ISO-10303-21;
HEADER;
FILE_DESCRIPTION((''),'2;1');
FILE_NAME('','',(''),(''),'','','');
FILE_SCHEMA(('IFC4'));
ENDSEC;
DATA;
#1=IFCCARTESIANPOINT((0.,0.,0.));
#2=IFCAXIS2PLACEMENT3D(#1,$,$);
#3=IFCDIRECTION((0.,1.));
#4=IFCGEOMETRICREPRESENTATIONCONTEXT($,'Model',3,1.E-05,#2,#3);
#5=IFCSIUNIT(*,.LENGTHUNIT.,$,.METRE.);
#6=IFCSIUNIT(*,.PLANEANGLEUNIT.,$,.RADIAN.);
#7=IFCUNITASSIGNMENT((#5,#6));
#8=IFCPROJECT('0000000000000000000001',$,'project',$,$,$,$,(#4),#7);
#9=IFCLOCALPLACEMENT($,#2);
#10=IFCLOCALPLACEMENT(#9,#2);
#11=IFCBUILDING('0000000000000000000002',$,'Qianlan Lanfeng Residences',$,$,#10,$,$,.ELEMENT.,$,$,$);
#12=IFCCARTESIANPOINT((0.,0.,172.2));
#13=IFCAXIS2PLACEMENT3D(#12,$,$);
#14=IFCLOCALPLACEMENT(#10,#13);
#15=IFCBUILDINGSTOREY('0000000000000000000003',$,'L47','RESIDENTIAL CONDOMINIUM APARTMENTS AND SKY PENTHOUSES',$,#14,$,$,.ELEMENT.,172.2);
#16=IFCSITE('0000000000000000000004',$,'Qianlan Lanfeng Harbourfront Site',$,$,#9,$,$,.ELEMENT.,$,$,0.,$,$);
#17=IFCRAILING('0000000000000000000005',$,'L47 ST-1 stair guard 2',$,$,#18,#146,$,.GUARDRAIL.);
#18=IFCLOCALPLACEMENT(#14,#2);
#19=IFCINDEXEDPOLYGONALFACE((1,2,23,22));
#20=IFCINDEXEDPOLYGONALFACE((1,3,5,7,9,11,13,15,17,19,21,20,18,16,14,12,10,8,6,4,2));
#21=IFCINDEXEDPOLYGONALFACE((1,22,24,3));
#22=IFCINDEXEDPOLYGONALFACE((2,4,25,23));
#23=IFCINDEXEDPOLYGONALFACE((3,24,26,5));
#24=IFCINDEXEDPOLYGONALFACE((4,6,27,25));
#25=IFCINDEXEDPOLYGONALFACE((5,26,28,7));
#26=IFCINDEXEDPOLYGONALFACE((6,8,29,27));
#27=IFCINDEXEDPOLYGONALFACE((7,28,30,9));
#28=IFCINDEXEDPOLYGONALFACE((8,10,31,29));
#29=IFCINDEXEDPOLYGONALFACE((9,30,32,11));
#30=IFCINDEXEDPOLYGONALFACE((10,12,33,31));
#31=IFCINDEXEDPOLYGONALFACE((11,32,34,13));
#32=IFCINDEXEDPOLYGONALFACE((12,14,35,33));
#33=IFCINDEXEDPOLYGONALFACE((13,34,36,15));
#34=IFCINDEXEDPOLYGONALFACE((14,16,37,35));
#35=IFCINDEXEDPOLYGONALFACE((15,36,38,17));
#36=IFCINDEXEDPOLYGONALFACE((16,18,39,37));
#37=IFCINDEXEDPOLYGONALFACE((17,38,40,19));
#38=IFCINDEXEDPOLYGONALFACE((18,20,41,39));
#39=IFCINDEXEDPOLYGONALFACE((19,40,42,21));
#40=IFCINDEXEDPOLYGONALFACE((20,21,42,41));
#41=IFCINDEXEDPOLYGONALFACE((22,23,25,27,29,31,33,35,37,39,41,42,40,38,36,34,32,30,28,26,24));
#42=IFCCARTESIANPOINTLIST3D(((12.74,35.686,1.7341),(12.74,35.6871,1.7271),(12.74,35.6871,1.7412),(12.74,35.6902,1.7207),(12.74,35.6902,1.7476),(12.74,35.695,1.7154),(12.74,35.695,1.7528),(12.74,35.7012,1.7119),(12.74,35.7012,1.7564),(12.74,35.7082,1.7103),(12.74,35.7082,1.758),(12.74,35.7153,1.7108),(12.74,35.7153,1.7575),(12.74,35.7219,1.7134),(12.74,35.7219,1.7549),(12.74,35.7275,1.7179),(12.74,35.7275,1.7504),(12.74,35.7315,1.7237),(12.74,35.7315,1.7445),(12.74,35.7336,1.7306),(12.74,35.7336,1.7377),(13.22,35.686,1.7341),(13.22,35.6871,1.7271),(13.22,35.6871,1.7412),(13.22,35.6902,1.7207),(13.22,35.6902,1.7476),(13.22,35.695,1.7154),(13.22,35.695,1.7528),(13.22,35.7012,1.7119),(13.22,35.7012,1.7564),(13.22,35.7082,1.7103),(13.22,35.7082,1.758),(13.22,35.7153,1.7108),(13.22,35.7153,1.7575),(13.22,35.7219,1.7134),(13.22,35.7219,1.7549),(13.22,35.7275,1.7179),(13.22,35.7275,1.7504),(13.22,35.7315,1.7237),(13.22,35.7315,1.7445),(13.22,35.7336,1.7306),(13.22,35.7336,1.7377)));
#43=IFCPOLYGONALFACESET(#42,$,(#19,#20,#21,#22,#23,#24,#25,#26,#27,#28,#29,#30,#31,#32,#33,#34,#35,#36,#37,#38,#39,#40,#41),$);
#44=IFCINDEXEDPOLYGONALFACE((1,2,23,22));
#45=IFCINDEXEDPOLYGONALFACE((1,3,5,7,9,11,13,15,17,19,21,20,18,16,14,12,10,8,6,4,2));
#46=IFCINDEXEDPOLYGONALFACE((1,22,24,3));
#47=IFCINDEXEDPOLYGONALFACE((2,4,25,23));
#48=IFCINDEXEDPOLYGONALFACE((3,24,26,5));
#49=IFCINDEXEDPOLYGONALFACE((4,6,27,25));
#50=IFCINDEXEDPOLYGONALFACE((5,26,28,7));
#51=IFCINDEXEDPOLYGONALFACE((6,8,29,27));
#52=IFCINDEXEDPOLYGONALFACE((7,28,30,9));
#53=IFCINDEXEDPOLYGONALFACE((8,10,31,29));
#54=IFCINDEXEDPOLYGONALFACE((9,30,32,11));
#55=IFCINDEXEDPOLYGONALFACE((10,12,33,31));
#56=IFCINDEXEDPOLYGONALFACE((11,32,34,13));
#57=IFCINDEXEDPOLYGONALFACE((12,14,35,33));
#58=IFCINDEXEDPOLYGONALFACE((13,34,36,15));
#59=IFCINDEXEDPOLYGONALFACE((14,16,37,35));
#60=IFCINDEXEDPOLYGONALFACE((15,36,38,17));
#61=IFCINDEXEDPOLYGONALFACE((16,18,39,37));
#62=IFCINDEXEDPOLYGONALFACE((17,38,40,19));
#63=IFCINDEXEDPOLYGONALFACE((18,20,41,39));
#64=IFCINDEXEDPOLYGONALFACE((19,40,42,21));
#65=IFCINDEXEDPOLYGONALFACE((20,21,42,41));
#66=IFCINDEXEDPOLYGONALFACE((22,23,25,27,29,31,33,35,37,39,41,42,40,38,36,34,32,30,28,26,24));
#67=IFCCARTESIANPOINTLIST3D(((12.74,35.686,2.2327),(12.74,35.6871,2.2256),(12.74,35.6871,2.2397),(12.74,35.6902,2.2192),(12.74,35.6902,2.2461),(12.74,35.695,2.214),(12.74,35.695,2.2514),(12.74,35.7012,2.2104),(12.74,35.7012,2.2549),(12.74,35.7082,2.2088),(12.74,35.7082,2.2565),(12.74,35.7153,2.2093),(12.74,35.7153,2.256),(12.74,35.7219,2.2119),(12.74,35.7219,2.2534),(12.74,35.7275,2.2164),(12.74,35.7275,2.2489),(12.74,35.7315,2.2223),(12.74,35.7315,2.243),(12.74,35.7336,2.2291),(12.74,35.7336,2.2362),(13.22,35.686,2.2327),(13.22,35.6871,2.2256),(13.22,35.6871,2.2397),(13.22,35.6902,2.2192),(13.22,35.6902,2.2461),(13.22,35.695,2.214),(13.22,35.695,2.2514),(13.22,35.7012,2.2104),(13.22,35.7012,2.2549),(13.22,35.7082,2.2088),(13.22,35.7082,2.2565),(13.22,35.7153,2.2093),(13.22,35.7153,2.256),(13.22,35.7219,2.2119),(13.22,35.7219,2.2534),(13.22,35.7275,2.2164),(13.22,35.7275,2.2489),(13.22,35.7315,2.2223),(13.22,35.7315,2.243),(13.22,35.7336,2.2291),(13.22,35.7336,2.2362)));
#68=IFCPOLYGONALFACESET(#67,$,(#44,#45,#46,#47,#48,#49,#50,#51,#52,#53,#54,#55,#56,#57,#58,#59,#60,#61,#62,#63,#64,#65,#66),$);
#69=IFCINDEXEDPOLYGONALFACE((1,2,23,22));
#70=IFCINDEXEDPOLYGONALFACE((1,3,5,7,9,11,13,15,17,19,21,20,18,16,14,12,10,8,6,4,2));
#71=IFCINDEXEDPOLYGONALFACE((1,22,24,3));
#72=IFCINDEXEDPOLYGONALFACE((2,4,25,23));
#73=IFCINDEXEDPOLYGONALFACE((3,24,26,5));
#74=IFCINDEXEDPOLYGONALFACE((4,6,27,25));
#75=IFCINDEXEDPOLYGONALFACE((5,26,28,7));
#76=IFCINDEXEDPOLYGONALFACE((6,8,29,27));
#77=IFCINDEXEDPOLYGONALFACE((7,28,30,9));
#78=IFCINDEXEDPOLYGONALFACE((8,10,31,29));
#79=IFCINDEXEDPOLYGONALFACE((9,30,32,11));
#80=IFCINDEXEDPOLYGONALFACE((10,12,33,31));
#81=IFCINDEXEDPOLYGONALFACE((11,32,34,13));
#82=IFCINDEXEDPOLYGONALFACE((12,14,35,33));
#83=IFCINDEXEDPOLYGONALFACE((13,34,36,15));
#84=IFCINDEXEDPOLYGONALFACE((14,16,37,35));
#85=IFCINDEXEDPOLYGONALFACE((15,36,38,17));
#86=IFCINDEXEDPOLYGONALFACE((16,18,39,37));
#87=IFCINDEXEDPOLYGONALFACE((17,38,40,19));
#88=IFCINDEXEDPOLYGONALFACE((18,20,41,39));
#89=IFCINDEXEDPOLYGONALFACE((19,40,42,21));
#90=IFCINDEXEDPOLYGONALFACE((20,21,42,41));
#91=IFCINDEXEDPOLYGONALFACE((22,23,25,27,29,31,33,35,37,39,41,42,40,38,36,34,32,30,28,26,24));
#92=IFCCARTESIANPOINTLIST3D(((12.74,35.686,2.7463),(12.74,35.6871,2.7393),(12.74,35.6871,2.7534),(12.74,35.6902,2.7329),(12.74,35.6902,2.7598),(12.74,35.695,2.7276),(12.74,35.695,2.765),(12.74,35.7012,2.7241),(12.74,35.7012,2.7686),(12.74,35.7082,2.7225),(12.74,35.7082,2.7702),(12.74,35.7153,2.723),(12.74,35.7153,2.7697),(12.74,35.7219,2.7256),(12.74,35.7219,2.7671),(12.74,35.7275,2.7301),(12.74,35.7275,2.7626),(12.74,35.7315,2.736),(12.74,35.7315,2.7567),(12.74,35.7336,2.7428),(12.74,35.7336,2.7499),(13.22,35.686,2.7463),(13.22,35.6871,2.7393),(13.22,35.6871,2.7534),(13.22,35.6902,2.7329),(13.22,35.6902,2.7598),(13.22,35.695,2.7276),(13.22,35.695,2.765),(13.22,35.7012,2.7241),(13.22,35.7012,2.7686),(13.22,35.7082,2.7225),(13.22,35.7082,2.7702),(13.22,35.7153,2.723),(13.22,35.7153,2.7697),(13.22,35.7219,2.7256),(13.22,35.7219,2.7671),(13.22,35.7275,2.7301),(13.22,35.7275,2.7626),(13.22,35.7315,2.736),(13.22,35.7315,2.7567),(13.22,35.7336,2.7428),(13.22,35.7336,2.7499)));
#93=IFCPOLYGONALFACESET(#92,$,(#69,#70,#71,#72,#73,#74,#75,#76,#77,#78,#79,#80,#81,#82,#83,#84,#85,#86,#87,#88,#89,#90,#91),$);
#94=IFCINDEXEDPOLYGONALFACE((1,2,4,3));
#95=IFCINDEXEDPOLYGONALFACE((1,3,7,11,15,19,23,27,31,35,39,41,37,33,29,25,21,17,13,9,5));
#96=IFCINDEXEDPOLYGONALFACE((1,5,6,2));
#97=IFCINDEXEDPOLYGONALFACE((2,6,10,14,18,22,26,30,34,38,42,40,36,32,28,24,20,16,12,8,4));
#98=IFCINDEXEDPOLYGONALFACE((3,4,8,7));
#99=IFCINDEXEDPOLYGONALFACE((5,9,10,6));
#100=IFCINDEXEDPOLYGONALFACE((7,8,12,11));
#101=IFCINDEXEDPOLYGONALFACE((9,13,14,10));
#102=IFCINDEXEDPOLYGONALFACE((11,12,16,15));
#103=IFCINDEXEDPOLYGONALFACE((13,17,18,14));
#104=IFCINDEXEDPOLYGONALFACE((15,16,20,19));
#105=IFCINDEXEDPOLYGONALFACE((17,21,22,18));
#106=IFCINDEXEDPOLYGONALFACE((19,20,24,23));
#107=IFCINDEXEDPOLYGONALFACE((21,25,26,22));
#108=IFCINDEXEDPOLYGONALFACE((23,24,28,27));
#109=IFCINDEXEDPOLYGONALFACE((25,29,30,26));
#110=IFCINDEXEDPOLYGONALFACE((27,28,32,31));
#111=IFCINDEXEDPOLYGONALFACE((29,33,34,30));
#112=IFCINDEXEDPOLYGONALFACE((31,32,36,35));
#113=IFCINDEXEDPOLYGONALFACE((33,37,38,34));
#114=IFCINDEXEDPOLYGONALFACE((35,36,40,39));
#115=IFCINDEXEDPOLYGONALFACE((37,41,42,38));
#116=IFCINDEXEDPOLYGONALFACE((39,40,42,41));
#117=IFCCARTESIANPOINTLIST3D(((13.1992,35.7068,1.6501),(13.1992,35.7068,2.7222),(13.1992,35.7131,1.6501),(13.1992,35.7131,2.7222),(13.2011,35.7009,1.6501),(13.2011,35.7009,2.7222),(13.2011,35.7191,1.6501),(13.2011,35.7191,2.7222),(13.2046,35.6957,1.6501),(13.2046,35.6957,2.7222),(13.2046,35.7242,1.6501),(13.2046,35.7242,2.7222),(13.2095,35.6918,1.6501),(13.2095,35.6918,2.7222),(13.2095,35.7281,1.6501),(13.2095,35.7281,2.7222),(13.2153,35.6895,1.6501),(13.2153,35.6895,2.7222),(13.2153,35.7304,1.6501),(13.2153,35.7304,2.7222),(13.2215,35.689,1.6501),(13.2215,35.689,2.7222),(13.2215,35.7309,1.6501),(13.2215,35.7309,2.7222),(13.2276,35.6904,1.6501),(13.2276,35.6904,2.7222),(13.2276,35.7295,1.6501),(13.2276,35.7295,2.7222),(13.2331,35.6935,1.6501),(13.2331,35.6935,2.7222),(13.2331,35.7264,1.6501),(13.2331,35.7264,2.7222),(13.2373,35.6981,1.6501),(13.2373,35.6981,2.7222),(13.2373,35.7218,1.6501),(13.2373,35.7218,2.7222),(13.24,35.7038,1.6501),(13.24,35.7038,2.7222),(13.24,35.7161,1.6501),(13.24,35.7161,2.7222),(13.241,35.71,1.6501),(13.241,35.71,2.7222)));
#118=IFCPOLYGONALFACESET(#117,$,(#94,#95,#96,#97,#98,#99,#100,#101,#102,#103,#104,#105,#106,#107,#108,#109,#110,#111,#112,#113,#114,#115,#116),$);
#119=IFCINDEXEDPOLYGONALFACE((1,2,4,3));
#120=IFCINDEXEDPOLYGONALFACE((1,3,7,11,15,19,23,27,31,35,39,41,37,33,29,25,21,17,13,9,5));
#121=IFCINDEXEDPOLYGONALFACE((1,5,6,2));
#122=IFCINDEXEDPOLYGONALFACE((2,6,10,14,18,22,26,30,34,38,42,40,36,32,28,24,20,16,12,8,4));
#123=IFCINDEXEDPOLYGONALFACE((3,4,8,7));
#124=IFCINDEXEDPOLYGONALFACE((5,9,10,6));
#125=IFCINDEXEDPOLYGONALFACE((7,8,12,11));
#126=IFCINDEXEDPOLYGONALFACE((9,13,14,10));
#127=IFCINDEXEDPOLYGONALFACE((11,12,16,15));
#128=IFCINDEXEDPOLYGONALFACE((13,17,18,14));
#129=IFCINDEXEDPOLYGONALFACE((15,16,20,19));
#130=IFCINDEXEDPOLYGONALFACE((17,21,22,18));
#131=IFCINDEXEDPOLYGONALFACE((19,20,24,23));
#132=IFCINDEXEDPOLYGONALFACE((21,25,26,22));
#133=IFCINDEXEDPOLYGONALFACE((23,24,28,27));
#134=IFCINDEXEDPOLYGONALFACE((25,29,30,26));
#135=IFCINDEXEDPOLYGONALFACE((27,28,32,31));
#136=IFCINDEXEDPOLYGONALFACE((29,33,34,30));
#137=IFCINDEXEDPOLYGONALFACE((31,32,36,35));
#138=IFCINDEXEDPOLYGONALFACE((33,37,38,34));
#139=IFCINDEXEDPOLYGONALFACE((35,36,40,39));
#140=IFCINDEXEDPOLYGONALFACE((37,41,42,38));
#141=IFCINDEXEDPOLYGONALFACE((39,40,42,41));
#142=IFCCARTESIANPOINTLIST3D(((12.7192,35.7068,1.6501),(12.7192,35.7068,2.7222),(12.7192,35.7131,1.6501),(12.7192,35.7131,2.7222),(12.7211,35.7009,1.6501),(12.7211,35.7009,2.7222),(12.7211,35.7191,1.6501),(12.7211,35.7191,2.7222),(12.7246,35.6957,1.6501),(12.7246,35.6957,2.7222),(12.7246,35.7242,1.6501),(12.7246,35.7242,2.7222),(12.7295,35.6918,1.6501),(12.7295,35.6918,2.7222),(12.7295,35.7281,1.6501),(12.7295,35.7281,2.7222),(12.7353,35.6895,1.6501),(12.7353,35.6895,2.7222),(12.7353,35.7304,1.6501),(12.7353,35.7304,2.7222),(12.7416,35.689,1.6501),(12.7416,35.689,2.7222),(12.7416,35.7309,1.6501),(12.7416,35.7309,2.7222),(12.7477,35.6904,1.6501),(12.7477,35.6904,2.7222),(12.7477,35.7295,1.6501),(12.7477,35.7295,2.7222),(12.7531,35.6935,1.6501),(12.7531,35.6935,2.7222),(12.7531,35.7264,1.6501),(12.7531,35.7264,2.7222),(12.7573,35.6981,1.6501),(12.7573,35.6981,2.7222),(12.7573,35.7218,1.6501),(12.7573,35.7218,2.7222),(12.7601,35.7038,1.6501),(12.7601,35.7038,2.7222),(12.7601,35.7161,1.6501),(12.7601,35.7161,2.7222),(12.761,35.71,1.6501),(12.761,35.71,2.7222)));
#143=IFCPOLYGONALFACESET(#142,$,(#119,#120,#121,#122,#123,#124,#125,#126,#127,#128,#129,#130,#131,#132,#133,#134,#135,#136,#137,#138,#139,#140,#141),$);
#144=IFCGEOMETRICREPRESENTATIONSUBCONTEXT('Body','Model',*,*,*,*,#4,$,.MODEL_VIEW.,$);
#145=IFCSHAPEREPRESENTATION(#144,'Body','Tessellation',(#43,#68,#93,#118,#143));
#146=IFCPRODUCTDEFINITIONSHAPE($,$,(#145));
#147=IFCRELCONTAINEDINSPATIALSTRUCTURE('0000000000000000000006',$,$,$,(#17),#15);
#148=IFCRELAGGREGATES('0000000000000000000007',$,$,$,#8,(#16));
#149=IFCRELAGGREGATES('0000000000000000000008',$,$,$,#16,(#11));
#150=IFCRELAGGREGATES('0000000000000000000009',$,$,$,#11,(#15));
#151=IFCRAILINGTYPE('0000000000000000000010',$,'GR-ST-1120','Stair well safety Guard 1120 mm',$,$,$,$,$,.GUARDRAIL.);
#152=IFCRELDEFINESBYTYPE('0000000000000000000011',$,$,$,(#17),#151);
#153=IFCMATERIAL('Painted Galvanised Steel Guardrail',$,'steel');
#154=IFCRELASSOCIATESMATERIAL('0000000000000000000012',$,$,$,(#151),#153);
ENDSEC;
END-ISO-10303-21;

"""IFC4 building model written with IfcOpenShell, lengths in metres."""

from ifc_helpers import new_model, si_unit, direction, frame, origin, origin_2d, place, context, subcontext, project, spatial, circle, extrude, material, type_object, element, save


model = new_model("IFC4")

# Units and contexts
model_context = context("Model", 3, precision=1e-05, world=origin(), true_north=direction((0.0, 1.0)))
body_context = subcontext(model_context, "Body", "Model", "MODEL_VIEW")
ifc_project = project(units=[si_unit("LENGTHUNIT", "METRE"), si_unit("PLANEANGLEUNIT", "RADIAN")], contexts=[model_context])

# Site, building, storey
site_placement = place(None, origin())
site = spatial("IfcSite", under=ifc_project, at=site_placement, Name="Qianlan Lanfeng Harbourfront Site", CompositionType="ELEMENT", RefElevation=0.0)
building_placement = place(site_placement, origin())
building = spatial("IfcBuilding", under=site, at=building_placement, Name="Qianlan Lanfeng Residences", CompositionType="ELEMENT")
storey_placement = place(building_placement, frame((0.0, 0.0, 172.2)))
storey = spatial("IfcBuildingStorey", under=building, at=storey_placement, Name="L47", Description="RESIDENTIAL CONDOMINIUM APARTMENTS AND SKY PENTHOUSES", CompositionType="ELEMENT", Elevation=172.2)

# Railing
ifc_material_1 = material(Name="Painted Galvanised Steel Guardrail", Category="steel")
railing_type_1 = type_object("IfcRailingType", Name="GR-ST-1120", Description="Stair well safety Guard 1120 mm", PredefinedType="GUARDRAIL", material=ifc_material_1)
railing_1_placement = place(storey_placement, frame((13.22, 35.71, 1.6501)))
element("IfcRailing", 1, at=railing_1_placement, inside=storey, type_object=railing_type_1, Name="L47 ST-1 stair guard 2", PredefinedType="GUARDRAIL", context=body_context, shape_type="SweptSolid", body=[
    extrude(circle(Radius=0.0239, at=origin_2d()), frame((0.0, 0.0, 0.084), z_axis=(-1.0, 0.0, 0.0), x_axis=(0.0, -1.0, 0.0)), (0.0, 0.0, 1.0), 0.48),
    extrude(circle(Radius=0.0239, at=origin_2d()), frame((0.0, 0.0, 0.5825), z_axis=(-1.0, 0.0, 0.0), x_axis=(0.0, -1.0, 0.0)), (0.0, 0.0, 1.0), 0.48),
    extrude(circle(Radius=0.0239, at=origin_2d()), frame((0.0, 0.0, 1.0962), z_axis=(-1.0, 0.0, 0.0), x_axis=(0.0, -1.0, 0.0)), (0.0, 0.0, 1.0), 0.48),
    extrude(circle(Radius=0.021, at=origin_2d()), origin(), (0.0, 0.0, 1.0), 1.072),
    extrude(circle(Radius=0.021, at=origin_2d()), frame((-0.48, 0.0, 0.0)), (0.0, 0.0, 1.0), 1.072),
])

save(model, "model.ifc")
